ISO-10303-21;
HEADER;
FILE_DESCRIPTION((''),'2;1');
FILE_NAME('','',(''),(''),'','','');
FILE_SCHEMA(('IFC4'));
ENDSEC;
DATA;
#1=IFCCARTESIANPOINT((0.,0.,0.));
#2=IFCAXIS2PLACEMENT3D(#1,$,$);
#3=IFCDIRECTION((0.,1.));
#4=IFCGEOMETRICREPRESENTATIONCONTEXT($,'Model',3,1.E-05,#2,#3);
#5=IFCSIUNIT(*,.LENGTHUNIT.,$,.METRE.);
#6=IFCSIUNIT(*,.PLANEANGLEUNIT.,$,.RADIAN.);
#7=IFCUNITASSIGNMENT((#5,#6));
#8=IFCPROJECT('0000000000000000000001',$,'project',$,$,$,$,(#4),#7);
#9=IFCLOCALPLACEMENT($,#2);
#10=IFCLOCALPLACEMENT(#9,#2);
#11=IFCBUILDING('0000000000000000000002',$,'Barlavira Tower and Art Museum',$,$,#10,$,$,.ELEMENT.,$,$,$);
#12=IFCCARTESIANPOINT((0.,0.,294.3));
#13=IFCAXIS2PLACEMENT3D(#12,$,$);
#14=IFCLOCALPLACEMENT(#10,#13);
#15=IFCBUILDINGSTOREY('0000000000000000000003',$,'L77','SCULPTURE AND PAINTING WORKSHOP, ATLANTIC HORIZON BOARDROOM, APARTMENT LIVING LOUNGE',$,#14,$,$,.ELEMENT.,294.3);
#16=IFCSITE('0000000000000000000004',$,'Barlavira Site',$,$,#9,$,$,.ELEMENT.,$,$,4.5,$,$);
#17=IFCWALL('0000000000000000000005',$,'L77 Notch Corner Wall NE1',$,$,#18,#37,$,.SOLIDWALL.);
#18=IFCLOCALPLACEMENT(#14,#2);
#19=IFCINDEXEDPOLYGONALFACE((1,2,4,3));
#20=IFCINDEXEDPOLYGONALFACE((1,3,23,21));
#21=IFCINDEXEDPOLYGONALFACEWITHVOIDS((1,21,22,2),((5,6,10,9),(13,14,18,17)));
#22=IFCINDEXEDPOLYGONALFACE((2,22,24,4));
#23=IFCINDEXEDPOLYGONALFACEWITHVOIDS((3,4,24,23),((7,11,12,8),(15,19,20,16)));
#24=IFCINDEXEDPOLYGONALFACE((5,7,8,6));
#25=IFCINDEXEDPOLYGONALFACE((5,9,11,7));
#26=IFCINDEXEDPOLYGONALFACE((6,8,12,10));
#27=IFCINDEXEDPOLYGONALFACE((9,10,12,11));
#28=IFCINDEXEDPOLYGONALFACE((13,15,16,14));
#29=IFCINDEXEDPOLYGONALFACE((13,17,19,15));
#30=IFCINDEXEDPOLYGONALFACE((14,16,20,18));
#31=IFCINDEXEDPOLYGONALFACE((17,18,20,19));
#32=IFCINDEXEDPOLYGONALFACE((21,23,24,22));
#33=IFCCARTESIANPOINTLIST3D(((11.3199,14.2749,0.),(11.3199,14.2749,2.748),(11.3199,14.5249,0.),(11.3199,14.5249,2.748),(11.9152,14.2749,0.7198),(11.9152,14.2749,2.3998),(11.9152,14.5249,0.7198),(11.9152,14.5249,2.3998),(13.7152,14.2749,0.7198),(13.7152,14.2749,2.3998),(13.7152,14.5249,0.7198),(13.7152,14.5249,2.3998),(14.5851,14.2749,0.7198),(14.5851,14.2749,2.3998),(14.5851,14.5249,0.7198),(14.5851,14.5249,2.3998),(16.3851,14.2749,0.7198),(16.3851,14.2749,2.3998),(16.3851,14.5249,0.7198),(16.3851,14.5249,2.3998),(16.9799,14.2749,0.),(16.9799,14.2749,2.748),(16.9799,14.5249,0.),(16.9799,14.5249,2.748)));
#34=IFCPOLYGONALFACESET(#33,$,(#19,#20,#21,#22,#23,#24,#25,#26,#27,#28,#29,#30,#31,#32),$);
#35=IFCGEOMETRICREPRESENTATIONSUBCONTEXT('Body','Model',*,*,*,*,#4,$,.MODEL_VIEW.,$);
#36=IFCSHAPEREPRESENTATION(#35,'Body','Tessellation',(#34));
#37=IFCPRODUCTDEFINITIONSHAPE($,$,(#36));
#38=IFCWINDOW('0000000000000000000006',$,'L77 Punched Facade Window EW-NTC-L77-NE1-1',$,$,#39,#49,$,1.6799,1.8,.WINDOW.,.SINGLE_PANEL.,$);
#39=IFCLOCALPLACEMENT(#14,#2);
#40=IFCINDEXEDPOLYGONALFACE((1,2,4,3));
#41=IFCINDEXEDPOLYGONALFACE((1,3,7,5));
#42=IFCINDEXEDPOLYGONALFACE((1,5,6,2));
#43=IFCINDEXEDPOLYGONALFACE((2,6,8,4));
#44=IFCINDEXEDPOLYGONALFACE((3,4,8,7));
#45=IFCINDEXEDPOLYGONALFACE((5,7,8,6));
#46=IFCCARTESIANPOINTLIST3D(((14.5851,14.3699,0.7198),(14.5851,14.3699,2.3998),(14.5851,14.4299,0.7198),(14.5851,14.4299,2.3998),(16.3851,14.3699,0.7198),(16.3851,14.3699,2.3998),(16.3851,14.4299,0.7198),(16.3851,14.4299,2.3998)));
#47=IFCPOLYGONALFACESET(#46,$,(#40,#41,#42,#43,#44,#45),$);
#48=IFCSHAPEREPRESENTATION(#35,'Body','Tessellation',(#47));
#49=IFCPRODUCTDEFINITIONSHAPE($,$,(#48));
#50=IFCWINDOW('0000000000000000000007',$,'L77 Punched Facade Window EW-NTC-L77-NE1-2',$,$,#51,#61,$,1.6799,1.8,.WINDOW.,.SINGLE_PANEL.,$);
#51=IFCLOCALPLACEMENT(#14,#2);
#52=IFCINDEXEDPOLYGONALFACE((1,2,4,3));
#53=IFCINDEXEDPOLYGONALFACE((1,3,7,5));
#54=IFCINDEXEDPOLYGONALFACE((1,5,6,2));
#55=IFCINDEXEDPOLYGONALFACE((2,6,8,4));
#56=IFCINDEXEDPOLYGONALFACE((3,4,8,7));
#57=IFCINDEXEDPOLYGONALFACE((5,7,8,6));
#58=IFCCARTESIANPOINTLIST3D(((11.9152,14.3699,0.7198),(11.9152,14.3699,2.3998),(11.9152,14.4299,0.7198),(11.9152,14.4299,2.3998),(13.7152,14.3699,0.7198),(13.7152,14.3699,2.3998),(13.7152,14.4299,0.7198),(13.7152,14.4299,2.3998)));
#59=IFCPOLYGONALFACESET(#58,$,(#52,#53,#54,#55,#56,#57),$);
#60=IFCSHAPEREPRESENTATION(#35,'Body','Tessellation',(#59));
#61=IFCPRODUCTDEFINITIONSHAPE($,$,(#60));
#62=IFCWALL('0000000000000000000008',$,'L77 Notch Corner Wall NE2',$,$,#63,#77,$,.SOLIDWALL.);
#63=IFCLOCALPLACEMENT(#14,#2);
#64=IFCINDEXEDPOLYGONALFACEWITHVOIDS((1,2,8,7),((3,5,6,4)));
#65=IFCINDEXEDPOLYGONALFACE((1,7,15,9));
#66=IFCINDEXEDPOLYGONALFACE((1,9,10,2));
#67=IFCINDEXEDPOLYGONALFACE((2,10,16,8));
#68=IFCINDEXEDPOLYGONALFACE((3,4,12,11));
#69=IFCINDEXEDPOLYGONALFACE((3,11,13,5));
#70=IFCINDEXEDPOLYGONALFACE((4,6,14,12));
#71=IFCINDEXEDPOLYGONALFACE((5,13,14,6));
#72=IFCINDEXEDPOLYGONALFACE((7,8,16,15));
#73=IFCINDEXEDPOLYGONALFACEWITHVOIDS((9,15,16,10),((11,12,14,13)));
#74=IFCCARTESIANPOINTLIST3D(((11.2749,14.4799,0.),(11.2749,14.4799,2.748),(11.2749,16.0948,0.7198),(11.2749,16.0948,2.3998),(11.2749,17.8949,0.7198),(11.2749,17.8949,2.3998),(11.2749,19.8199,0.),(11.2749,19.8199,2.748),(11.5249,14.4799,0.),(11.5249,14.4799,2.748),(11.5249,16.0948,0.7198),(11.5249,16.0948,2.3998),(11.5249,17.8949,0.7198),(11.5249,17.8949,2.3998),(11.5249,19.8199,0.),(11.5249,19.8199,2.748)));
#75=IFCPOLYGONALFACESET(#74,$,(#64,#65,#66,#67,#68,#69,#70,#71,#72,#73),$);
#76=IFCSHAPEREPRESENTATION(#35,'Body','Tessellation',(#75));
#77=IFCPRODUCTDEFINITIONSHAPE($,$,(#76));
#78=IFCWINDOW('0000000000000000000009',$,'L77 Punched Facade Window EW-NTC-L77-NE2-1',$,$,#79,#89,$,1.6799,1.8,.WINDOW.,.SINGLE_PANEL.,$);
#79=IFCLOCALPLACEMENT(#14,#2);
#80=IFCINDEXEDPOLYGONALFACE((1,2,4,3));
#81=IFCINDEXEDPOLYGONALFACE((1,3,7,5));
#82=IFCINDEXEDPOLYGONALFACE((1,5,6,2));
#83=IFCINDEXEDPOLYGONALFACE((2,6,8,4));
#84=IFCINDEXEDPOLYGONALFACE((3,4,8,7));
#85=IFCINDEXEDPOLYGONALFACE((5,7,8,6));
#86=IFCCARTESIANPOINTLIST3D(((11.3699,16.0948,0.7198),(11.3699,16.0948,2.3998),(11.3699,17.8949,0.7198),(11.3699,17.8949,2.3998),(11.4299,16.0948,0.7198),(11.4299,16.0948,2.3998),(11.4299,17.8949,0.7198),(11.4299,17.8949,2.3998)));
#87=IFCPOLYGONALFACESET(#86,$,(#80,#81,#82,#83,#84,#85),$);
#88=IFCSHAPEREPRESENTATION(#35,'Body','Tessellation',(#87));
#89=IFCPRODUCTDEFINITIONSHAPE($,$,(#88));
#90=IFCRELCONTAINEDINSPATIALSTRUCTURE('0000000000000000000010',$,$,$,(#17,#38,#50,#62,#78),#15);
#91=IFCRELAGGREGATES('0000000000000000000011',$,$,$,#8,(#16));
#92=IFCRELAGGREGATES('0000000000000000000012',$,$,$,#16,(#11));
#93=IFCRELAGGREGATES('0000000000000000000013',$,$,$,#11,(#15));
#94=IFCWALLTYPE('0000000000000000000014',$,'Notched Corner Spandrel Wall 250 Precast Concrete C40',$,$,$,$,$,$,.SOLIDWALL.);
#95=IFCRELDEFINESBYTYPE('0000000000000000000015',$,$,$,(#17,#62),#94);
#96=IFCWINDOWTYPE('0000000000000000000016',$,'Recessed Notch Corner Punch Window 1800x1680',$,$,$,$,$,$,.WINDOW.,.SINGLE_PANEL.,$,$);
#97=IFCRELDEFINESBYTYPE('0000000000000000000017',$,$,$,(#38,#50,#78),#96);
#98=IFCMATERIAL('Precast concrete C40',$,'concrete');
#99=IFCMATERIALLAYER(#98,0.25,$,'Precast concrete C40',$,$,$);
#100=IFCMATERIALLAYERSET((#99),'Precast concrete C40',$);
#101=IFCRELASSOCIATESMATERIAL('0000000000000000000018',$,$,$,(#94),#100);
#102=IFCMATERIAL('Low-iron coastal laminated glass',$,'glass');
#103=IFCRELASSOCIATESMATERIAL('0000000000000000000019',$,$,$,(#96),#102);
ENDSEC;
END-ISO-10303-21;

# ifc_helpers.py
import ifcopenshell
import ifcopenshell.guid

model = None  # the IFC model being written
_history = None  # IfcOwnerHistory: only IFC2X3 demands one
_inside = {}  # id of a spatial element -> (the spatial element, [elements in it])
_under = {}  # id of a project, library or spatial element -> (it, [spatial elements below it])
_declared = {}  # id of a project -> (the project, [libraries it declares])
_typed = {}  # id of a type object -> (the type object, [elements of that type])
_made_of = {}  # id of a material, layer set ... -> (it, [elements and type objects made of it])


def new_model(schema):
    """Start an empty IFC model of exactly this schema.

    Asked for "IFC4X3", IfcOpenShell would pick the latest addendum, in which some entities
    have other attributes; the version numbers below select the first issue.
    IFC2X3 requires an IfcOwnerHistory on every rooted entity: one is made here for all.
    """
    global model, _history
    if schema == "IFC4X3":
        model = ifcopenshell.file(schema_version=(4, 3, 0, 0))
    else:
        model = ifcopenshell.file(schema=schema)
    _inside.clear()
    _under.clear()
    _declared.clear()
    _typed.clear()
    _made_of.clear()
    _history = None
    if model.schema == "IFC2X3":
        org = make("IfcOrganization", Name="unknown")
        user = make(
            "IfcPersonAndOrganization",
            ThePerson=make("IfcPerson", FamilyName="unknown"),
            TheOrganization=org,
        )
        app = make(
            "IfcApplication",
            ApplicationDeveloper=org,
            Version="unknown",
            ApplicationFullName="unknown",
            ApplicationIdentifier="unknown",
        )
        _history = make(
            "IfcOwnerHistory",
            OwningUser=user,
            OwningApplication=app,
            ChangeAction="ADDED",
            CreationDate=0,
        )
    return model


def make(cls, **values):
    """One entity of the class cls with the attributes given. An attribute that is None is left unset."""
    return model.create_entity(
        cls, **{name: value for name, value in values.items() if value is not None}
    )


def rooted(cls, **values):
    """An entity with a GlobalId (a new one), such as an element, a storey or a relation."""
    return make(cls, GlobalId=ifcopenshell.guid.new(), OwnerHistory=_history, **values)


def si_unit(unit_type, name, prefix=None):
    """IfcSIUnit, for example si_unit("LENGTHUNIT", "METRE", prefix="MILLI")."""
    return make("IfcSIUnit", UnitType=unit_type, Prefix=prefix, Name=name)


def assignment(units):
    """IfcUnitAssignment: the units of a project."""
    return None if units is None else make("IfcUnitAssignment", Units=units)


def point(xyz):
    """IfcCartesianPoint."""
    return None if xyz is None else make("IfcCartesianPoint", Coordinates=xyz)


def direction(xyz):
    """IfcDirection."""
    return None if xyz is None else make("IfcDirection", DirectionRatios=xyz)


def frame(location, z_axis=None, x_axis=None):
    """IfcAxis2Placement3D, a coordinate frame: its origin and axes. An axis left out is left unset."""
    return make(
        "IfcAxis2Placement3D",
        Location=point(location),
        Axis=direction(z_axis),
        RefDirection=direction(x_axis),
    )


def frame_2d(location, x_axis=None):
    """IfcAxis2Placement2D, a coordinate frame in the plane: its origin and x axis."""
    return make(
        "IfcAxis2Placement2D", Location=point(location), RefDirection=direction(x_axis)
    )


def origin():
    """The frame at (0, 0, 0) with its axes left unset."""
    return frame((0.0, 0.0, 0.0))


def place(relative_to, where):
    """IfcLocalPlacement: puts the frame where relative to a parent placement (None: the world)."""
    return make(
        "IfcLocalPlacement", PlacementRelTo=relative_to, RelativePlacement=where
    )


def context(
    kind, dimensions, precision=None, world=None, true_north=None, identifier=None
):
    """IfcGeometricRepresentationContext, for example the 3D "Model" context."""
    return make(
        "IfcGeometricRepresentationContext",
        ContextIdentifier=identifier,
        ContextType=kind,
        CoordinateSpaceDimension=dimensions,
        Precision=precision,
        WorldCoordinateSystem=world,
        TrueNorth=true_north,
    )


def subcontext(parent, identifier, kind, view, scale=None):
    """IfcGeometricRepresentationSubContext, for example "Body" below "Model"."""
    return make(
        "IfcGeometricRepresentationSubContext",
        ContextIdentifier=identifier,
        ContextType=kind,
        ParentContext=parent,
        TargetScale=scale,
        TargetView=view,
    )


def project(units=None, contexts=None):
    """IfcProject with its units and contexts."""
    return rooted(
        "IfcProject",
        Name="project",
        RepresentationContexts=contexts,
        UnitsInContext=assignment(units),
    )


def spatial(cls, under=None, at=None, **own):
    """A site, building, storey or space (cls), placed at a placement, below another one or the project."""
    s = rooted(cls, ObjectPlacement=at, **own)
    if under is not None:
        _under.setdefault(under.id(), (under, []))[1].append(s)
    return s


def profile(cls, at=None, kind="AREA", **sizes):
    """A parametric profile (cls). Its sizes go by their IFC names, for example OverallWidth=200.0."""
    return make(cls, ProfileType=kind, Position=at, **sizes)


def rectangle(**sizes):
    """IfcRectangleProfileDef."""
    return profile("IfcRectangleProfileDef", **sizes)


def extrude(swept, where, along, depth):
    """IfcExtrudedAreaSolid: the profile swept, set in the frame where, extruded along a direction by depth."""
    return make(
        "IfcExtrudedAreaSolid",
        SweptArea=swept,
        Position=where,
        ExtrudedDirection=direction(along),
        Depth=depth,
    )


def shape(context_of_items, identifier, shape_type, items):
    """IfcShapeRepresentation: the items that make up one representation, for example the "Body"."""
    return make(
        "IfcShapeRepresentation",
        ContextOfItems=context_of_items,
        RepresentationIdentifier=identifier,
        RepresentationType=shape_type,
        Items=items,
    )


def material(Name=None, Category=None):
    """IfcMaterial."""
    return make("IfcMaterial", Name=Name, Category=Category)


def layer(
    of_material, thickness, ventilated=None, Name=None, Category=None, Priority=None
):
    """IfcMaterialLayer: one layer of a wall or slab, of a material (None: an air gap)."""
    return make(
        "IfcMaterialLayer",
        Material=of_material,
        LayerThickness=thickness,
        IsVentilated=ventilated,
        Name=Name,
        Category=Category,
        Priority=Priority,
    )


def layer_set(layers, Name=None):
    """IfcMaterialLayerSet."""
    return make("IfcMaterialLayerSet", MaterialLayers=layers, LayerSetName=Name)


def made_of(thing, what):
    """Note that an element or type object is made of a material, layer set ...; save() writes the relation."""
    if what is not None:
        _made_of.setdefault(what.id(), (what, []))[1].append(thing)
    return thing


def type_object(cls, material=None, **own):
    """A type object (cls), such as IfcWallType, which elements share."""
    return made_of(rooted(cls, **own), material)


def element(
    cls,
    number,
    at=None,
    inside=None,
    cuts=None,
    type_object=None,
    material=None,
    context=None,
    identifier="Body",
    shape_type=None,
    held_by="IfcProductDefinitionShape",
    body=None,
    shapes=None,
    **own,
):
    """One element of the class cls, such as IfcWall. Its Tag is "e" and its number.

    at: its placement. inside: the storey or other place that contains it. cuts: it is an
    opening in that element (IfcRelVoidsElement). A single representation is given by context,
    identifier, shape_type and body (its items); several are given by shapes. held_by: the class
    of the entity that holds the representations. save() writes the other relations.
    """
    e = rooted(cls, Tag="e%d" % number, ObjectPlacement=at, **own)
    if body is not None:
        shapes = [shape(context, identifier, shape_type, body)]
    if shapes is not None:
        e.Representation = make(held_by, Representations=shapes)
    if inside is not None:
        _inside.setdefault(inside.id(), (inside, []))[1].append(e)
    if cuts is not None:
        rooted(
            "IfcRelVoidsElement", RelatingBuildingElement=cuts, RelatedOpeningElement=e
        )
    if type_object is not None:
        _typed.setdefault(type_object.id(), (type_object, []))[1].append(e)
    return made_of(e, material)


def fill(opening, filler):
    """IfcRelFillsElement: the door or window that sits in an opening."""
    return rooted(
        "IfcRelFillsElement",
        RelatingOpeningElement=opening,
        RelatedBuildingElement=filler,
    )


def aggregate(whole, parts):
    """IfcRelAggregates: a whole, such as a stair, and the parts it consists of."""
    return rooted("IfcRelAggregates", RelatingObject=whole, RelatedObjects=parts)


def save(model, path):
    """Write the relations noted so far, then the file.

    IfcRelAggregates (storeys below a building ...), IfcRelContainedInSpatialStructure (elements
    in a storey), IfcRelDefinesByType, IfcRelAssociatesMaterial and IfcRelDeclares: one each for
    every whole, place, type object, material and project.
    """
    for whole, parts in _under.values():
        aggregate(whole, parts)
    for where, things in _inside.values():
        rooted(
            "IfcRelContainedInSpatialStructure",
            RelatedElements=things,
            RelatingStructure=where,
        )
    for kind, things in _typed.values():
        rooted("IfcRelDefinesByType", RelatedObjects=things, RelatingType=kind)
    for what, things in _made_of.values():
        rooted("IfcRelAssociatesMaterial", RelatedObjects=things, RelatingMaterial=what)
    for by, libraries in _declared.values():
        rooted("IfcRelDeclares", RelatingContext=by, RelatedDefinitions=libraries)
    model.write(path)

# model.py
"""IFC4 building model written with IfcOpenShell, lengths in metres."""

from ifc_helpers import new_model, si_unit, direction, frame, frame_2d, origin, place, context, subcontext, project, spatial, rectangle, extrude, material, layer, layer_set, type_object, element, fill, save


model = new_model("IFC4")

# Units and contexts
model_context = context("Model", 3, precision=1e-05, world=origin(), true_north=direction((0.0, 1.0)))
body_context = subcontext(model_context, "Body", "Model", "MODEL_VIEW")
ifc_project = project(units=[si_unit("LENGTHUNIT", "METRE"), si_unit("PLANEANGLEUNIT", "RADIAN")], contexts=[model_context])

# Site, building, storey
site_placement = place(None, origin())
site = spatial("IfcSite", under=ifc_project, at=site_placement, Name="Barlavira Site", CompositionType="ELEMENT", RefElevation=4.5)
building_placement = place(site_placement, origin())
building = spatial("IfcBuilding", under=site, at=building_placement, Name="Barlavira Tower and Art Museum", CompositionType="ELEMENT")
storey_placement = place(building_placement, frame((0.0, 0.0, 294.3)))
storey = spatial("IfcBuildingStorey", under=building, at=storey_placement, Name="L77", Description="SCULPTURE AND PAINTING WORKSHOP, ATLANTIC HORIZON BOARDROOM, APARTMENT LIVING LOUNGE", CompositionType="ELEMENT", Elevation=294.3)

# Shared definitions
ifc_material_1 = material(Name="Precast concrete C40", Category="concrete")
ifc_layer_1 = layer(ifc_material_1, 0.25, Name="Precast concrete C40")
ifc_layer_set_1 = layer_set([ifc_layer_1], Name="Precast concrete C40")
wall_type_1 = type_object("IfcWallType", Name="Notched Corner Spandrel Wall 250 Precast Concrete C40", PredefinedType="SOLIDWALL", material=ifc_layer_set_1)
ifc_material_2 = material(Name="Low-iron coastal laminated glass", Category="glass")

# Shared definitions
window_type_1 = type_object("IfcWindowType", Name="Recessed Notch Corner Punch Window 1800x1680", PartitioningType="SINGLE_PANEL", PredefinedType="WINDOW", material=ifc_material_2)

# Wall, openings, windows
wall_1_placement = place(storey_placement, frame((16.98, 14.3999, 0.0), z_axis=(0.0, 0.0, 1.0), x_axis=(-1.0, 0.0, 0.0)))
wall_1 = element("IfcWall", 1, at=wall_1_placement, inside=storey, type_object=wall_type_1, Name="L77 Notch Corner Wall NE1", PredefinedType="SOLIDWALL", context=body_context, shape_type="SweptSolid", body=[
    extrude(rectangle(XDim=5.6599, YDim=0.25, at=frame_2d((2.8301, 0.0))), origin(), (0.0, 0.0, 1.0), 2.748),
])
opening_1_placement = place(wall_1_placement, frame((0.595, 0.0, 0.72)))
opening_1 = element("IfcOpeningElement", 2, at=opening_1_placement, cuts=wall_1, PredefinedType="OPENING", context=body_context, shape_type="SweptSolid", body=[
    extrude(rectangle(XDim=1.8, YDim=1.6799, at=frame_2d((0.8999, 0.8398))), frame((0.0, 0.135, 0.0), z_axis=(0.0, -1.0, 0.0), x_axis=(1.0, 0.0, 0.0)), (0.0, 0.0, 1.0), 0.27),
])
opening_2_placement = place(wall_1_placement, frame((3.2649, 0.0, 0.72)))
opening_2 = element("IfcOpeningElement", 3, at=opening_2_placement, cuts=wall_1, PredefinedType="OPENING", context=body_context, shape_type="SweptSolid", body=[
    extrude(rectangle(XDim=1.8, YDim=1.6799, at=frame_2d((0.8999, 0.8398))), frame((0.0, 0.135, 0.0), z_axis=(0.0, -1.0, 0.0), x_axis=(1.0, 0.0, 0.0)), (0.0, 0.0, 1.0), 0.27),
])
window_1_placement = place(opening_1_placement, origin())
window_1 = element("IfcWindow", 4, at=window_1_placement, inside=storey, type_object=window_type_1, Name="L77 Punched Facade Window EW-NTC-L77-NE1-1", OverallHeight=1.6799, OverallWidth=1.8, PartitioningType="SINGLE_PANEL", PredefinedType="WINDOW", context=body_context, shape_type="SweptSolid", body=[
    extrude(rectangle(XDim=1.8, YDim=1.6799, at=frame_2d((0.8999, 0.8398))), frame((0.0, 0.03, 0.0), z_axis=(0.0, -1.0, 0.0), x_axis=(1.0, 0.0, 0.0)), (0.0, 0.0, 1.0), 0.0601),
])
fill(opening_1, window_1)
window_2_placement = place(opening_2_placement, origin())
window_2 = element("IfcWindow", 5, at=window_2_placement, inside=storey, type_object=window_type_1, Name="L77 Punched Facade Window EW-NTC-L77-NE1-2", OverallHeight=1.6799, OverallWidth=1.8, PartitioningType="SINGLE_PANEL", PredefinedType="WINDOW", context=body_context, shape_type="SweptSolid", body=[
    extrude(rectangle(XDim=1.8, YDim=1.6799, at=frame_2d((0.8999, 0.8398))), frame((0.0, 0.03, 0.0), z_axis=(0.0, -1.0, 0.0), x_axis=(1.0, 0.0, 0.0)), (0.0, 0.0, 1.0), 0.0601),
])
fill(opening_2, window_2)

# Wall, opening, window
wall_2_placement = place(storey_placement, frame((11.3999, 14.48, 0.0), z_axis=(0.0, 0.0, 1.0), x_axis=(0.0, 1.0, 0.0)))
wall_2 = element("IfcWall", 6, at=wall_2_placement, inside=storey, type_object=wall_type_1, Name="L77 Notch Corner Wall NE2", PredefinedType="SOLIDWALL", context=body_context, shape_type="SweptSolid", body=[
    extrude(rectangle(XDim=5.3401, YDim=0.25, at=frame_2d((2.6699, 0.0))), origin(), (0.0, 0.0, 1.0), 2.748),
])
opening_3_placement = place(wall_2_placement, frame((1.615, 0.0, 0.72)))
opening_3 = element("IfcOpeningElement", 7, at=opening_3_placement, cuts=wall_2, PredefinedType="OPENING", context=body_context, shape_type="SweptSolid", body=[
    extrude(rectangle(XDim=1.8, YDim=1.6799, at=frame_2d((0.8999, 0.8398))), frame((0.0, 0.135, 0.0), z_axis=(0.0, -1.0, 0.0), x_axis=(1.0, 0.0, 0.0)), (0.0, 0.0, 1.0), 0.27),
])
window_3_placement = place(opening_3_placement, origin())
window_3 = element("IfcWindow", 8, at=window_3_placement, inside=storey, type_object=window_type_1, Name="L77 Punched Facade Window EW-NTC-L77-NE2-1", OverallHeight=1.6799, OverallWidth=1.8, PartitioningType="SINGLE_PANEL", PredefinedType="WINDOW", context=body_context, shape_type="SweptSolid", body=[
    extrude(rectangle(XDim=1.8, YDim=1.6799, at=frame_2d((0.8999, 0.8398))), frame((0.0, 0.03, 0.0), z_axis=(0.0, -1.0, 0.0), x_axis=(1.0, 0.0, 0.0)), (0.0, 0.0, 1.0), 0.0601),
])
fill(opening_3, window_3)

save(model, "model.ifc")
